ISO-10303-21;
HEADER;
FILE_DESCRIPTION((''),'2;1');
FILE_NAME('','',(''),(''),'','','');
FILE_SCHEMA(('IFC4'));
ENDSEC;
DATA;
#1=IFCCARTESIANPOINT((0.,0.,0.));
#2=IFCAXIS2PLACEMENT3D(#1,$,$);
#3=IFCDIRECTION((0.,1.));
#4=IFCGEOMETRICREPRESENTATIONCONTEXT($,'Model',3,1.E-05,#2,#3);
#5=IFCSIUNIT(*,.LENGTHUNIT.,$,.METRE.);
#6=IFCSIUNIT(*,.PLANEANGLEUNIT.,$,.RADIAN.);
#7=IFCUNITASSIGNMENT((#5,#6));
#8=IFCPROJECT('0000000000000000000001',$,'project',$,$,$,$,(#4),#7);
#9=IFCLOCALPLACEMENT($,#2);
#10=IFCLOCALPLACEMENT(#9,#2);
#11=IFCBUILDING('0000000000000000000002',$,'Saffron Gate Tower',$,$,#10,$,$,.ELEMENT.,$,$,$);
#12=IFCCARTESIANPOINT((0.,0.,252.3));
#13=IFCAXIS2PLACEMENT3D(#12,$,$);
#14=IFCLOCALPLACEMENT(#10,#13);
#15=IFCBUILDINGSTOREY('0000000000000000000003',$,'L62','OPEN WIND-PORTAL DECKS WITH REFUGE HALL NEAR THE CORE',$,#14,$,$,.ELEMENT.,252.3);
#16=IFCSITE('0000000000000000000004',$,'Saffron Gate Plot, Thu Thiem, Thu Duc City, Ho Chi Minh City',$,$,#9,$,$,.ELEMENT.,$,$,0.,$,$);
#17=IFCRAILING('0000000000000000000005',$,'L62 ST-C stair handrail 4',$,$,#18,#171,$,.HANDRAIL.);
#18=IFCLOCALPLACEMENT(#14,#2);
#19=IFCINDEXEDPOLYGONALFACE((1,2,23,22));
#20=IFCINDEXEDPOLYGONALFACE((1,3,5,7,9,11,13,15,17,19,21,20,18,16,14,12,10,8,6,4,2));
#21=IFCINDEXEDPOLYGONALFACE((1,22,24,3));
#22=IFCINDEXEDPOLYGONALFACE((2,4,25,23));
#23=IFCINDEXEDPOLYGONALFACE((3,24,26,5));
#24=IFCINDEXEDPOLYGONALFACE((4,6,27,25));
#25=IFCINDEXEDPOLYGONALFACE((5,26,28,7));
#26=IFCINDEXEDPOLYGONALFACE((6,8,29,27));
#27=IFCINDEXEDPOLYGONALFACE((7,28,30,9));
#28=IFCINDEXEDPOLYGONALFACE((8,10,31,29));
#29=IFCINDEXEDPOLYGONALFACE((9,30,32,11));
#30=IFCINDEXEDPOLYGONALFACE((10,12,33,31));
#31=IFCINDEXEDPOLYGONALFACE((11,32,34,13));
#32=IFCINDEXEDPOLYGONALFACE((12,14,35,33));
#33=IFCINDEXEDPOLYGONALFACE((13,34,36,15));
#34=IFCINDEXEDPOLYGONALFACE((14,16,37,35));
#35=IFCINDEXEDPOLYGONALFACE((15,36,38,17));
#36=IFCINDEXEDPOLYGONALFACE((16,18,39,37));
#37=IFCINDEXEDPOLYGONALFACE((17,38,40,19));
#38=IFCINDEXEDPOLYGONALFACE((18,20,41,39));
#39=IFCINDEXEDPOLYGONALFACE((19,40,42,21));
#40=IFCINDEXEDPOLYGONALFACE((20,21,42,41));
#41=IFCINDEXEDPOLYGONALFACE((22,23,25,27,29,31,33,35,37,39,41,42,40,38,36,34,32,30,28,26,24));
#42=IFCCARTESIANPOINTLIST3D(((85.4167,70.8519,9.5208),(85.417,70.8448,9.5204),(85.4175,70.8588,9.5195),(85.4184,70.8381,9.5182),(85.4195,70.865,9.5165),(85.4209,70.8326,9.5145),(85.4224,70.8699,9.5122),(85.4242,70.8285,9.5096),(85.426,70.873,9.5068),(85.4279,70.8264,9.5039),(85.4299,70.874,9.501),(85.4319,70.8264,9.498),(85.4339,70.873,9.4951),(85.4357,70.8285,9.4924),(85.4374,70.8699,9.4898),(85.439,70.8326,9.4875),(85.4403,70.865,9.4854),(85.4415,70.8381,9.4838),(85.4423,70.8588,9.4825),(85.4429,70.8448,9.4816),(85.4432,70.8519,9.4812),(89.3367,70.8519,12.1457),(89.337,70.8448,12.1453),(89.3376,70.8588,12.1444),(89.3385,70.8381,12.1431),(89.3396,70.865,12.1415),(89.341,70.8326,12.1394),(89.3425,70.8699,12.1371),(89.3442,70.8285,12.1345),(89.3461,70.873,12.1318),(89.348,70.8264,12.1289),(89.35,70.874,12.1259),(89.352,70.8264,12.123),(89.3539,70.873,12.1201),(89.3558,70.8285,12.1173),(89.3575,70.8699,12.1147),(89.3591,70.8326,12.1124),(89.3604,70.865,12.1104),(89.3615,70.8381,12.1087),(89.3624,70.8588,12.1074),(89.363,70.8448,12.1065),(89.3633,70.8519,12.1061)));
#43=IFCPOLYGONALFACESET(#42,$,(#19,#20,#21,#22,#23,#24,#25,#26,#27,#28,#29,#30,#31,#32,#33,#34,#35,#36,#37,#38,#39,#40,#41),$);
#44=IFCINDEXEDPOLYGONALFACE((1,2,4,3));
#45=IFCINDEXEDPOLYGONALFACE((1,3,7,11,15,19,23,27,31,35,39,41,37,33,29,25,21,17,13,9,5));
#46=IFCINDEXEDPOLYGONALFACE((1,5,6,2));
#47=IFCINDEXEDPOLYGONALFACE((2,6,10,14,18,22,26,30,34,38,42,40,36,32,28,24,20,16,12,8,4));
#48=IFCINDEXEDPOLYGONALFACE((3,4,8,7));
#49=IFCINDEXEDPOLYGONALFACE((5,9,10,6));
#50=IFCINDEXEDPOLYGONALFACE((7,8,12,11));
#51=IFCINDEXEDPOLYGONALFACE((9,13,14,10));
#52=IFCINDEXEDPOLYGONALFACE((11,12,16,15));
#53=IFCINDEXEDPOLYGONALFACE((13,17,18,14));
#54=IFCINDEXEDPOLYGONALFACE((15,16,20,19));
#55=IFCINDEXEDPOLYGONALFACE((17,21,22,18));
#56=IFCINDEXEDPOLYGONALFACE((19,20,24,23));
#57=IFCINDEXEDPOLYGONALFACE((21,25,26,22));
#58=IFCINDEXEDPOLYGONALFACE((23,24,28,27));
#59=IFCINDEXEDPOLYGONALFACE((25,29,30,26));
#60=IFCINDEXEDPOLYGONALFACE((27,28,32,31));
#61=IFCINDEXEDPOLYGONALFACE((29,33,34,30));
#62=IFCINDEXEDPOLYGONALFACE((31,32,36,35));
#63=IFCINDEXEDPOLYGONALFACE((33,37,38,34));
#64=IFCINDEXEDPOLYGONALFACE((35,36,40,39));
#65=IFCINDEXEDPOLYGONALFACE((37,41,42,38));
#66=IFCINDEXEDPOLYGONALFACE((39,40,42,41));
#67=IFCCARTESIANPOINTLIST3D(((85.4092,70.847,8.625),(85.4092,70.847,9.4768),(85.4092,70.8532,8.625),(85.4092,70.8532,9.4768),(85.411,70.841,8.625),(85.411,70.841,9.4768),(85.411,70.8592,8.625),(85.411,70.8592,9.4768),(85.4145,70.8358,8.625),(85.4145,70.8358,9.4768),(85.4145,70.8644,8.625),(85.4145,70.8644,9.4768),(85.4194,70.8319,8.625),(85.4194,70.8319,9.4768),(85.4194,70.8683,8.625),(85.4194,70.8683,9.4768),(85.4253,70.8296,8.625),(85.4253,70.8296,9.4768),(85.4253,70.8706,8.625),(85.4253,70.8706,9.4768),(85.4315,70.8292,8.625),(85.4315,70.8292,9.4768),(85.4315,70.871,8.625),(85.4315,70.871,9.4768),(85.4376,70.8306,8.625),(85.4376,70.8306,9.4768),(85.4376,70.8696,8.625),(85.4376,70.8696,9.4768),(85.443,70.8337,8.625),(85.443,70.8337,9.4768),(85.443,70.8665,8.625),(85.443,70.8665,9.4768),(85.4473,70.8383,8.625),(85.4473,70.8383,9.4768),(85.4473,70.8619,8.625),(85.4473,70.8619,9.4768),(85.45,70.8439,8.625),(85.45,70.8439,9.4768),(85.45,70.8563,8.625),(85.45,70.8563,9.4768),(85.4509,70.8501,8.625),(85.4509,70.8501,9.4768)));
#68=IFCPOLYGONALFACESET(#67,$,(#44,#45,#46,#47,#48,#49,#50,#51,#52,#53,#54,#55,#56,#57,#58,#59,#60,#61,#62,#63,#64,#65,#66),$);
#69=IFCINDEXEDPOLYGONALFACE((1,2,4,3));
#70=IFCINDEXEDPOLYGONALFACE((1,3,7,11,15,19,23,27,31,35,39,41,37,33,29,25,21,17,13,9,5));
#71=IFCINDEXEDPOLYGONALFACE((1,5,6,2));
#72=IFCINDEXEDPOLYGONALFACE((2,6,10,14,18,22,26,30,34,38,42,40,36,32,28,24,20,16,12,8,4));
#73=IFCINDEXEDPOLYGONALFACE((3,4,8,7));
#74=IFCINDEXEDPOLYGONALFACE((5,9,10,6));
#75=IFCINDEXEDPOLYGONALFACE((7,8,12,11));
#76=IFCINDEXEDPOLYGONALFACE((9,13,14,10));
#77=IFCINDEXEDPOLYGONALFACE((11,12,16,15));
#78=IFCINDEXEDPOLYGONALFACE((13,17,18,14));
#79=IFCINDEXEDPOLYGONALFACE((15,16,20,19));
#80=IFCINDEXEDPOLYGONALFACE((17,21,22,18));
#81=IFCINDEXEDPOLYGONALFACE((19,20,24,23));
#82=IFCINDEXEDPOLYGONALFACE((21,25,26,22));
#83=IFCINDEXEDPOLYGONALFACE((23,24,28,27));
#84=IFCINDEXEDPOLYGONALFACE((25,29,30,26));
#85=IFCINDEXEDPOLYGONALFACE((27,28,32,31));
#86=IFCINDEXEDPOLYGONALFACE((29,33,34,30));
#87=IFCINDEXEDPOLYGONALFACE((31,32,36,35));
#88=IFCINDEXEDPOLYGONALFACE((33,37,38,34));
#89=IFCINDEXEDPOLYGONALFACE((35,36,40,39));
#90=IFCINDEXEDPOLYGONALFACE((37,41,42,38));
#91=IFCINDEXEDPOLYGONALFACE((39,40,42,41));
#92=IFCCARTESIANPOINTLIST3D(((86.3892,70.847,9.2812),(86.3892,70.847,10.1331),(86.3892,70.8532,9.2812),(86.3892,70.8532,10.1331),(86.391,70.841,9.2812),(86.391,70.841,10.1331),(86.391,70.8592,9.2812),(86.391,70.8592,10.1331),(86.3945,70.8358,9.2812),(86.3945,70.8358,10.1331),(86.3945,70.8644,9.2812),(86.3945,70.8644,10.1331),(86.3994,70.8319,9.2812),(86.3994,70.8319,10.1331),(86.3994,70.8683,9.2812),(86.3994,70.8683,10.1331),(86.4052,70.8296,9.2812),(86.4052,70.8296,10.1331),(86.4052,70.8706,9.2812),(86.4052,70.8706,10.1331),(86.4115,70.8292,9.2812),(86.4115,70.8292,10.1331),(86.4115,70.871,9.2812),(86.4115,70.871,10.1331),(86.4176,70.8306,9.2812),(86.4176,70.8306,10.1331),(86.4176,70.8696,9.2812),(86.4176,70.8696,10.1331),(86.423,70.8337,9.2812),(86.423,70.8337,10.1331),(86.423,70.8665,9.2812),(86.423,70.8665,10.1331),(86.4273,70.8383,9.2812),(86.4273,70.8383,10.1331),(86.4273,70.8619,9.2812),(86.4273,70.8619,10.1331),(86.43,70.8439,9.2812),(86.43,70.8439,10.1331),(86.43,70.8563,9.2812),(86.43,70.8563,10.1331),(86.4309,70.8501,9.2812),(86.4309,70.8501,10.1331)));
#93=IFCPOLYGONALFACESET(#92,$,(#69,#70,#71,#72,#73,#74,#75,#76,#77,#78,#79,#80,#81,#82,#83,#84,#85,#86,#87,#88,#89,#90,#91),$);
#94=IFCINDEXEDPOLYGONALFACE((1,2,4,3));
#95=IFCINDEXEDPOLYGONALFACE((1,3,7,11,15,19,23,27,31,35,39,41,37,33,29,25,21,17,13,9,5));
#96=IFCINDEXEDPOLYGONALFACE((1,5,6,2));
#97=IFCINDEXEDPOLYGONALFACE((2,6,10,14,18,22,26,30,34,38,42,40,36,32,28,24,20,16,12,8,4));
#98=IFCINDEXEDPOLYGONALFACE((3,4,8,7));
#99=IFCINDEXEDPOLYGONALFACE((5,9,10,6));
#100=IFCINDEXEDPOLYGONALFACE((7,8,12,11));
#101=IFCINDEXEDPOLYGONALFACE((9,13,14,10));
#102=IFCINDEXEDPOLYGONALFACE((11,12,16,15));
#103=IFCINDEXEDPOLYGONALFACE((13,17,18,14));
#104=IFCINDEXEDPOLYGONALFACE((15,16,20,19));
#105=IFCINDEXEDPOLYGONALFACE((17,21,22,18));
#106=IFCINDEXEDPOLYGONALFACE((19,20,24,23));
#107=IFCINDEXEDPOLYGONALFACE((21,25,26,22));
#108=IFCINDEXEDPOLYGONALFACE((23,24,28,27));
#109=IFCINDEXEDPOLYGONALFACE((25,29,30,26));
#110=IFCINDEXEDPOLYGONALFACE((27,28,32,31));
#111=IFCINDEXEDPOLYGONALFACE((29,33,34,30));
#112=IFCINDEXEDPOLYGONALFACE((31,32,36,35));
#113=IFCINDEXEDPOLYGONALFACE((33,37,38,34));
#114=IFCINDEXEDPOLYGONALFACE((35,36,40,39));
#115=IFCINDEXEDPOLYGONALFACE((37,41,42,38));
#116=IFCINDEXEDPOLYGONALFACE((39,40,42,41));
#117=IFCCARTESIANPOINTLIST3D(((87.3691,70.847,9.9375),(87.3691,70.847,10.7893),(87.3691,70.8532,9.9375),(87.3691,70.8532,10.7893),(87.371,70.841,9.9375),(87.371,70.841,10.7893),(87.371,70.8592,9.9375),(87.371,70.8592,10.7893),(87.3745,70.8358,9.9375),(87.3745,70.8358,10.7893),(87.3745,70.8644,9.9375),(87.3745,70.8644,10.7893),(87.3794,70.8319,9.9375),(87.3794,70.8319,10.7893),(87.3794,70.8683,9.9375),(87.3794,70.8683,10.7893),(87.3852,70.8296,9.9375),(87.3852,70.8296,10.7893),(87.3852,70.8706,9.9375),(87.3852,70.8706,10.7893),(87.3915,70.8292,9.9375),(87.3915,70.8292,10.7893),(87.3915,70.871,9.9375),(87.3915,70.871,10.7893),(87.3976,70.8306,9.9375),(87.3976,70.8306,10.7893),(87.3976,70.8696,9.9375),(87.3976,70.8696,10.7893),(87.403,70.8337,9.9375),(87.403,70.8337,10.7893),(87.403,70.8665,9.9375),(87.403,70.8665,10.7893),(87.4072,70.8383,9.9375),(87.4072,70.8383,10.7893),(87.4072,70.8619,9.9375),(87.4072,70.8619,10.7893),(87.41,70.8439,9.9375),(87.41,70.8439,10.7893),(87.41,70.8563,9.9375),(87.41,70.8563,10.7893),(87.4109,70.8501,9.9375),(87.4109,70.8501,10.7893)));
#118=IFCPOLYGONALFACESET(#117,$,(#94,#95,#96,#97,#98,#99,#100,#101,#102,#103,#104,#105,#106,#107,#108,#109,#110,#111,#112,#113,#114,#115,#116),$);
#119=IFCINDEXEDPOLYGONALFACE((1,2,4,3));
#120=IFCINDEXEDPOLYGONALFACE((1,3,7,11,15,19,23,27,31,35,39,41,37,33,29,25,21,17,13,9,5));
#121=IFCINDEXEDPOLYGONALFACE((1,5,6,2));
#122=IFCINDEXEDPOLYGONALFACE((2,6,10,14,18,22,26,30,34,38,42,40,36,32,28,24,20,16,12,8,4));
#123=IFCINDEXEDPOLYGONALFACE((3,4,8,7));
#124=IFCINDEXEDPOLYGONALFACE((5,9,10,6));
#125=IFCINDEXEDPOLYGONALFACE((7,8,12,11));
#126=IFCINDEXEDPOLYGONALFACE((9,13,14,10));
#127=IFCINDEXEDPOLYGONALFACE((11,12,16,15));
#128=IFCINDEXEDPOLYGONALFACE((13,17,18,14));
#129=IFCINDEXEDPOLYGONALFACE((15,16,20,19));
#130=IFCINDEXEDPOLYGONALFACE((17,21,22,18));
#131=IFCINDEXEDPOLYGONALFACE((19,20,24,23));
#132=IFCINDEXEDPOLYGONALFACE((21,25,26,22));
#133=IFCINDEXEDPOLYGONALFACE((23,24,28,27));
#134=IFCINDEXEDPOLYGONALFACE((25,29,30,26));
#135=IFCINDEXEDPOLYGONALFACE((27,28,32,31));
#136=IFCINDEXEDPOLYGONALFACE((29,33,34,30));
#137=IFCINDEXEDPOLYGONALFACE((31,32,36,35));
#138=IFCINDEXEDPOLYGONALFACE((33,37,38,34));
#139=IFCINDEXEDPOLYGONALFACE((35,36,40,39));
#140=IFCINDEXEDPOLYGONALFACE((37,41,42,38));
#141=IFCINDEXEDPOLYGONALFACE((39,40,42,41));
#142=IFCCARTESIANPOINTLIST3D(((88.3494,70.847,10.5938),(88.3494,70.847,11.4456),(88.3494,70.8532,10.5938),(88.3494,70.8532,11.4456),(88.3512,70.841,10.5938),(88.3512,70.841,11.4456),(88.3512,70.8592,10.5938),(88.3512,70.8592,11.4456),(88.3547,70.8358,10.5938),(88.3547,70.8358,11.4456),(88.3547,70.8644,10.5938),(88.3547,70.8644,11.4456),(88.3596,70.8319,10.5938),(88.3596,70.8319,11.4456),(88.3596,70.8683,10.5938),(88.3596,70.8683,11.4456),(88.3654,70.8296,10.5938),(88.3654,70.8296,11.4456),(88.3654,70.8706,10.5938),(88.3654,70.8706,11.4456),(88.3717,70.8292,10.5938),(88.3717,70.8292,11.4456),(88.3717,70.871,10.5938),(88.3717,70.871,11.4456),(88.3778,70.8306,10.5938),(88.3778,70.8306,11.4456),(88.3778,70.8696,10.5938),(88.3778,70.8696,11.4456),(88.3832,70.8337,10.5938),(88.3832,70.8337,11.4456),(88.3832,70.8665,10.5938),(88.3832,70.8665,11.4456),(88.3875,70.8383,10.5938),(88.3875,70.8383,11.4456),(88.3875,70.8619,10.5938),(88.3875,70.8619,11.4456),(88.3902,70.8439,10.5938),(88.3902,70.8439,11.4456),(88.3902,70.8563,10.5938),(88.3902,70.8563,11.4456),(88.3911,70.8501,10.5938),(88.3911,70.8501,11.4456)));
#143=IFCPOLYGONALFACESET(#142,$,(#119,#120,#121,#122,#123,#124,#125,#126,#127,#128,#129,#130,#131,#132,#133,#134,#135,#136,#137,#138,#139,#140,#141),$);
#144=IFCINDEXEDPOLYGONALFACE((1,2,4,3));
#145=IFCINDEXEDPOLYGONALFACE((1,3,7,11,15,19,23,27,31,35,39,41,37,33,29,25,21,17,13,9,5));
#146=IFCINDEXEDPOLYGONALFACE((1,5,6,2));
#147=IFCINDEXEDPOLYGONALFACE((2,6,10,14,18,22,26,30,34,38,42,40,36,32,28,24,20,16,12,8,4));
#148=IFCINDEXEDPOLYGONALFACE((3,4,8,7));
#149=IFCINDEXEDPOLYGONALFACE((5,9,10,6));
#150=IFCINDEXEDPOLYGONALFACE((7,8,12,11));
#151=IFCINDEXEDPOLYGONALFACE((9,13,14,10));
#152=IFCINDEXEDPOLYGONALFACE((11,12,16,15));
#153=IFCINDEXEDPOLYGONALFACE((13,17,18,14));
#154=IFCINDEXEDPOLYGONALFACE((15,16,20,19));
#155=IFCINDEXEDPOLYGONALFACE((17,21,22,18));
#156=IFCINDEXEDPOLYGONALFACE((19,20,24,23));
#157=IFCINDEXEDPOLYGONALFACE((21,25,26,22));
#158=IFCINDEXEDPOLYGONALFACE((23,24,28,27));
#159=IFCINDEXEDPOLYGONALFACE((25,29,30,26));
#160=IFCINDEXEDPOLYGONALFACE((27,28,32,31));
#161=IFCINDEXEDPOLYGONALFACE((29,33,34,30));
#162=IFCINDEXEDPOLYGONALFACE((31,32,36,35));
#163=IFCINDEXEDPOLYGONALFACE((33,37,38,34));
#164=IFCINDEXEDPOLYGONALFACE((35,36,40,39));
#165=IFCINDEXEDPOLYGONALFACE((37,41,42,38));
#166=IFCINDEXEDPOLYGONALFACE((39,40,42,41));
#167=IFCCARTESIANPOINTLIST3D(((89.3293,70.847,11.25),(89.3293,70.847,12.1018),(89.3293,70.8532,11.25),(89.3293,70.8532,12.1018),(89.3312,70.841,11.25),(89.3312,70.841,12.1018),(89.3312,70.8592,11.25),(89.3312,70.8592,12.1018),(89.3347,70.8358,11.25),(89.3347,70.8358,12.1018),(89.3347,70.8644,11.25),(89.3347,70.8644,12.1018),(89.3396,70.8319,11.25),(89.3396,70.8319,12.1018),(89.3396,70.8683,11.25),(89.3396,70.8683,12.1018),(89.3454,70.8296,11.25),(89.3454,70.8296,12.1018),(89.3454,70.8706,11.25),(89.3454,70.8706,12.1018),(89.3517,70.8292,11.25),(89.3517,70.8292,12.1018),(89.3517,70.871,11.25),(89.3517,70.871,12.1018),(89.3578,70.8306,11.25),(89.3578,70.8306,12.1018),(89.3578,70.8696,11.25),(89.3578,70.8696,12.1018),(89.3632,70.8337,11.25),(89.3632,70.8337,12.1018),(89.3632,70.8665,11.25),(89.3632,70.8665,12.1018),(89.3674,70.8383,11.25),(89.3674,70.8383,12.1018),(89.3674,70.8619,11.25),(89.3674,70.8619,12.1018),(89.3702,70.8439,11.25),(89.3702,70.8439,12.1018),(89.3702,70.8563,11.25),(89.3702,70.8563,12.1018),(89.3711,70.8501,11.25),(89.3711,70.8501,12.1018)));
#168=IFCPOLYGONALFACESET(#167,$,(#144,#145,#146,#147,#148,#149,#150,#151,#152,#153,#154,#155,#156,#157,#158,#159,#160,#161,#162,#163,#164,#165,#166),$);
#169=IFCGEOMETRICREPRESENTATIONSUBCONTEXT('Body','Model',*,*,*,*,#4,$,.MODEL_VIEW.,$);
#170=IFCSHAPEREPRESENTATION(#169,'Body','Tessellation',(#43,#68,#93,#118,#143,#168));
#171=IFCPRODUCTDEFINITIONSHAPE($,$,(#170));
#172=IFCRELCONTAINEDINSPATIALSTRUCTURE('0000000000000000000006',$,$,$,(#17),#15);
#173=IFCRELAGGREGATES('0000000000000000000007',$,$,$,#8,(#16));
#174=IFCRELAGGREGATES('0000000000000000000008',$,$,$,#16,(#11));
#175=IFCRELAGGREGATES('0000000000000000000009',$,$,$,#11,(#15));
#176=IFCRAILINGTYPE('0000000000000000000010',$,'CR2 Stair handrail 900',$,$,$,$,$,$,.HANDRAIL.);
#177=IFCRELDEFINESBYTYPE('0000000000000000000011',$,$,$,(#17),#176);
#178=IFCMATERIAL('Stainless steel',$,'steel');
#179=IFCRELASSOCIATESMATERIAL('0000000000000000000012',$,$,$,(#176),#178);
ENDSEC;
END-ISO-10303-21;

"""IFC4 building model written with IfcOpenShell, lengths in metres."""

from ifc_helpers import new_model, si_unit, direction, frame, origin, origin_2d, place, context, subcontext, project, spatial, circle, extrude, material, type_object, element, save


model = new_model("IFC4")

# Units and contexts
model_context = context("Model", 3, precision=1e-05, world=origin(), true_north=direction((0.0, 1.0)))
body_context = subcontext(model_context, "Body", "Model", "MODEL_VIEW")
ifc_project = project(units=[si_unit("LENGTHUNIT", "METRE"), si_unit("PLANEANGLEUNIT", "RADIAN")], contexts=[model_context])

# Site, building, storey
site_placement = place(None, origin())
site = spatial("IfcSite", under=ifc_project, at=site_placement, Name="Saffron Gate Plot, Thu Thiem, Thu Duc City, Ho Chi Minh City", CompositionType="ELEMENT", RefElevation=0.0)
building_placement = place(site_placement, origin())
building = spatial("IfcBuilding", under=site, at=building_placement, Name="Saffron Gate Tower", CompositionType="ELEMENT")
storey_placement = place(building_placement, frame((0.0, 0.0, 252.3)))
storey = spatial("IfcBuildingStorey", under=building, at=storey_placement, Name="L62", Description="OPEN WIND-PORTAL DECKS WITH REFUGE HALL NEAR THE CORE", CompositionType="ELEMENT", Elevation=252.3)

# Railing
ifc_material_1 = material(Name="Stainless steel", Category="steel")
railing_type = type_object("IfcRailingType", Name="CR2 Stair handrail 900", PredefinedType="HANDRAIL", material=ifc_material_1)
railing_1_placement = place(storey_placement, frame((85.4299, 70.8501, 8.625)))
element("IfcRailing", 1, at=railing_1_placement, inside=storey, type_object=railing_type, Name="L62 ST-C stair handrail 4", PredefinedType="HANDRAIL", context=body_context, shape_type="SweptSolid", body=[
    extrude(circle(Radius=0.0239, at=origin_2d()), frame((0.0, 0.0, 0.876), z_axis=(0.830918, 0.0, 0.556395), x_axis=(0.0, 1.0, 0.0)), (0.0, 0.0, 1.0), 4.7178),
    extrude(circle(Radius=0.021, at=origin_2d()), origin(), (0.0, 0.0, 1.0), 0.8518),
    extrude(circle(Radius=0.021, at=origin_2d()), frame((0.98, 0.0, 0.6562)), (0.0, 0.0, 1.0), 0.8518),
    extrude(circle(Radius=0.021, at=origin_2d()), frame((1.96, 0.0, 1.3125)), (0.0, 0.0, 1.0), 0.8518),
    extrude(circle(Radius=0.021, at=origin_2d()), frame((2.9402, 0.0, 1.9688)), (0.0, 0.0, 1.0), 0.8518),
    extrude(circle(Radius=0.021, at=origin_2d()), frame((3.9202, 0.0, 2.625)), (0.0, 0.0, 1.0), 0.8518),
])

save(model, "model.ifc")
